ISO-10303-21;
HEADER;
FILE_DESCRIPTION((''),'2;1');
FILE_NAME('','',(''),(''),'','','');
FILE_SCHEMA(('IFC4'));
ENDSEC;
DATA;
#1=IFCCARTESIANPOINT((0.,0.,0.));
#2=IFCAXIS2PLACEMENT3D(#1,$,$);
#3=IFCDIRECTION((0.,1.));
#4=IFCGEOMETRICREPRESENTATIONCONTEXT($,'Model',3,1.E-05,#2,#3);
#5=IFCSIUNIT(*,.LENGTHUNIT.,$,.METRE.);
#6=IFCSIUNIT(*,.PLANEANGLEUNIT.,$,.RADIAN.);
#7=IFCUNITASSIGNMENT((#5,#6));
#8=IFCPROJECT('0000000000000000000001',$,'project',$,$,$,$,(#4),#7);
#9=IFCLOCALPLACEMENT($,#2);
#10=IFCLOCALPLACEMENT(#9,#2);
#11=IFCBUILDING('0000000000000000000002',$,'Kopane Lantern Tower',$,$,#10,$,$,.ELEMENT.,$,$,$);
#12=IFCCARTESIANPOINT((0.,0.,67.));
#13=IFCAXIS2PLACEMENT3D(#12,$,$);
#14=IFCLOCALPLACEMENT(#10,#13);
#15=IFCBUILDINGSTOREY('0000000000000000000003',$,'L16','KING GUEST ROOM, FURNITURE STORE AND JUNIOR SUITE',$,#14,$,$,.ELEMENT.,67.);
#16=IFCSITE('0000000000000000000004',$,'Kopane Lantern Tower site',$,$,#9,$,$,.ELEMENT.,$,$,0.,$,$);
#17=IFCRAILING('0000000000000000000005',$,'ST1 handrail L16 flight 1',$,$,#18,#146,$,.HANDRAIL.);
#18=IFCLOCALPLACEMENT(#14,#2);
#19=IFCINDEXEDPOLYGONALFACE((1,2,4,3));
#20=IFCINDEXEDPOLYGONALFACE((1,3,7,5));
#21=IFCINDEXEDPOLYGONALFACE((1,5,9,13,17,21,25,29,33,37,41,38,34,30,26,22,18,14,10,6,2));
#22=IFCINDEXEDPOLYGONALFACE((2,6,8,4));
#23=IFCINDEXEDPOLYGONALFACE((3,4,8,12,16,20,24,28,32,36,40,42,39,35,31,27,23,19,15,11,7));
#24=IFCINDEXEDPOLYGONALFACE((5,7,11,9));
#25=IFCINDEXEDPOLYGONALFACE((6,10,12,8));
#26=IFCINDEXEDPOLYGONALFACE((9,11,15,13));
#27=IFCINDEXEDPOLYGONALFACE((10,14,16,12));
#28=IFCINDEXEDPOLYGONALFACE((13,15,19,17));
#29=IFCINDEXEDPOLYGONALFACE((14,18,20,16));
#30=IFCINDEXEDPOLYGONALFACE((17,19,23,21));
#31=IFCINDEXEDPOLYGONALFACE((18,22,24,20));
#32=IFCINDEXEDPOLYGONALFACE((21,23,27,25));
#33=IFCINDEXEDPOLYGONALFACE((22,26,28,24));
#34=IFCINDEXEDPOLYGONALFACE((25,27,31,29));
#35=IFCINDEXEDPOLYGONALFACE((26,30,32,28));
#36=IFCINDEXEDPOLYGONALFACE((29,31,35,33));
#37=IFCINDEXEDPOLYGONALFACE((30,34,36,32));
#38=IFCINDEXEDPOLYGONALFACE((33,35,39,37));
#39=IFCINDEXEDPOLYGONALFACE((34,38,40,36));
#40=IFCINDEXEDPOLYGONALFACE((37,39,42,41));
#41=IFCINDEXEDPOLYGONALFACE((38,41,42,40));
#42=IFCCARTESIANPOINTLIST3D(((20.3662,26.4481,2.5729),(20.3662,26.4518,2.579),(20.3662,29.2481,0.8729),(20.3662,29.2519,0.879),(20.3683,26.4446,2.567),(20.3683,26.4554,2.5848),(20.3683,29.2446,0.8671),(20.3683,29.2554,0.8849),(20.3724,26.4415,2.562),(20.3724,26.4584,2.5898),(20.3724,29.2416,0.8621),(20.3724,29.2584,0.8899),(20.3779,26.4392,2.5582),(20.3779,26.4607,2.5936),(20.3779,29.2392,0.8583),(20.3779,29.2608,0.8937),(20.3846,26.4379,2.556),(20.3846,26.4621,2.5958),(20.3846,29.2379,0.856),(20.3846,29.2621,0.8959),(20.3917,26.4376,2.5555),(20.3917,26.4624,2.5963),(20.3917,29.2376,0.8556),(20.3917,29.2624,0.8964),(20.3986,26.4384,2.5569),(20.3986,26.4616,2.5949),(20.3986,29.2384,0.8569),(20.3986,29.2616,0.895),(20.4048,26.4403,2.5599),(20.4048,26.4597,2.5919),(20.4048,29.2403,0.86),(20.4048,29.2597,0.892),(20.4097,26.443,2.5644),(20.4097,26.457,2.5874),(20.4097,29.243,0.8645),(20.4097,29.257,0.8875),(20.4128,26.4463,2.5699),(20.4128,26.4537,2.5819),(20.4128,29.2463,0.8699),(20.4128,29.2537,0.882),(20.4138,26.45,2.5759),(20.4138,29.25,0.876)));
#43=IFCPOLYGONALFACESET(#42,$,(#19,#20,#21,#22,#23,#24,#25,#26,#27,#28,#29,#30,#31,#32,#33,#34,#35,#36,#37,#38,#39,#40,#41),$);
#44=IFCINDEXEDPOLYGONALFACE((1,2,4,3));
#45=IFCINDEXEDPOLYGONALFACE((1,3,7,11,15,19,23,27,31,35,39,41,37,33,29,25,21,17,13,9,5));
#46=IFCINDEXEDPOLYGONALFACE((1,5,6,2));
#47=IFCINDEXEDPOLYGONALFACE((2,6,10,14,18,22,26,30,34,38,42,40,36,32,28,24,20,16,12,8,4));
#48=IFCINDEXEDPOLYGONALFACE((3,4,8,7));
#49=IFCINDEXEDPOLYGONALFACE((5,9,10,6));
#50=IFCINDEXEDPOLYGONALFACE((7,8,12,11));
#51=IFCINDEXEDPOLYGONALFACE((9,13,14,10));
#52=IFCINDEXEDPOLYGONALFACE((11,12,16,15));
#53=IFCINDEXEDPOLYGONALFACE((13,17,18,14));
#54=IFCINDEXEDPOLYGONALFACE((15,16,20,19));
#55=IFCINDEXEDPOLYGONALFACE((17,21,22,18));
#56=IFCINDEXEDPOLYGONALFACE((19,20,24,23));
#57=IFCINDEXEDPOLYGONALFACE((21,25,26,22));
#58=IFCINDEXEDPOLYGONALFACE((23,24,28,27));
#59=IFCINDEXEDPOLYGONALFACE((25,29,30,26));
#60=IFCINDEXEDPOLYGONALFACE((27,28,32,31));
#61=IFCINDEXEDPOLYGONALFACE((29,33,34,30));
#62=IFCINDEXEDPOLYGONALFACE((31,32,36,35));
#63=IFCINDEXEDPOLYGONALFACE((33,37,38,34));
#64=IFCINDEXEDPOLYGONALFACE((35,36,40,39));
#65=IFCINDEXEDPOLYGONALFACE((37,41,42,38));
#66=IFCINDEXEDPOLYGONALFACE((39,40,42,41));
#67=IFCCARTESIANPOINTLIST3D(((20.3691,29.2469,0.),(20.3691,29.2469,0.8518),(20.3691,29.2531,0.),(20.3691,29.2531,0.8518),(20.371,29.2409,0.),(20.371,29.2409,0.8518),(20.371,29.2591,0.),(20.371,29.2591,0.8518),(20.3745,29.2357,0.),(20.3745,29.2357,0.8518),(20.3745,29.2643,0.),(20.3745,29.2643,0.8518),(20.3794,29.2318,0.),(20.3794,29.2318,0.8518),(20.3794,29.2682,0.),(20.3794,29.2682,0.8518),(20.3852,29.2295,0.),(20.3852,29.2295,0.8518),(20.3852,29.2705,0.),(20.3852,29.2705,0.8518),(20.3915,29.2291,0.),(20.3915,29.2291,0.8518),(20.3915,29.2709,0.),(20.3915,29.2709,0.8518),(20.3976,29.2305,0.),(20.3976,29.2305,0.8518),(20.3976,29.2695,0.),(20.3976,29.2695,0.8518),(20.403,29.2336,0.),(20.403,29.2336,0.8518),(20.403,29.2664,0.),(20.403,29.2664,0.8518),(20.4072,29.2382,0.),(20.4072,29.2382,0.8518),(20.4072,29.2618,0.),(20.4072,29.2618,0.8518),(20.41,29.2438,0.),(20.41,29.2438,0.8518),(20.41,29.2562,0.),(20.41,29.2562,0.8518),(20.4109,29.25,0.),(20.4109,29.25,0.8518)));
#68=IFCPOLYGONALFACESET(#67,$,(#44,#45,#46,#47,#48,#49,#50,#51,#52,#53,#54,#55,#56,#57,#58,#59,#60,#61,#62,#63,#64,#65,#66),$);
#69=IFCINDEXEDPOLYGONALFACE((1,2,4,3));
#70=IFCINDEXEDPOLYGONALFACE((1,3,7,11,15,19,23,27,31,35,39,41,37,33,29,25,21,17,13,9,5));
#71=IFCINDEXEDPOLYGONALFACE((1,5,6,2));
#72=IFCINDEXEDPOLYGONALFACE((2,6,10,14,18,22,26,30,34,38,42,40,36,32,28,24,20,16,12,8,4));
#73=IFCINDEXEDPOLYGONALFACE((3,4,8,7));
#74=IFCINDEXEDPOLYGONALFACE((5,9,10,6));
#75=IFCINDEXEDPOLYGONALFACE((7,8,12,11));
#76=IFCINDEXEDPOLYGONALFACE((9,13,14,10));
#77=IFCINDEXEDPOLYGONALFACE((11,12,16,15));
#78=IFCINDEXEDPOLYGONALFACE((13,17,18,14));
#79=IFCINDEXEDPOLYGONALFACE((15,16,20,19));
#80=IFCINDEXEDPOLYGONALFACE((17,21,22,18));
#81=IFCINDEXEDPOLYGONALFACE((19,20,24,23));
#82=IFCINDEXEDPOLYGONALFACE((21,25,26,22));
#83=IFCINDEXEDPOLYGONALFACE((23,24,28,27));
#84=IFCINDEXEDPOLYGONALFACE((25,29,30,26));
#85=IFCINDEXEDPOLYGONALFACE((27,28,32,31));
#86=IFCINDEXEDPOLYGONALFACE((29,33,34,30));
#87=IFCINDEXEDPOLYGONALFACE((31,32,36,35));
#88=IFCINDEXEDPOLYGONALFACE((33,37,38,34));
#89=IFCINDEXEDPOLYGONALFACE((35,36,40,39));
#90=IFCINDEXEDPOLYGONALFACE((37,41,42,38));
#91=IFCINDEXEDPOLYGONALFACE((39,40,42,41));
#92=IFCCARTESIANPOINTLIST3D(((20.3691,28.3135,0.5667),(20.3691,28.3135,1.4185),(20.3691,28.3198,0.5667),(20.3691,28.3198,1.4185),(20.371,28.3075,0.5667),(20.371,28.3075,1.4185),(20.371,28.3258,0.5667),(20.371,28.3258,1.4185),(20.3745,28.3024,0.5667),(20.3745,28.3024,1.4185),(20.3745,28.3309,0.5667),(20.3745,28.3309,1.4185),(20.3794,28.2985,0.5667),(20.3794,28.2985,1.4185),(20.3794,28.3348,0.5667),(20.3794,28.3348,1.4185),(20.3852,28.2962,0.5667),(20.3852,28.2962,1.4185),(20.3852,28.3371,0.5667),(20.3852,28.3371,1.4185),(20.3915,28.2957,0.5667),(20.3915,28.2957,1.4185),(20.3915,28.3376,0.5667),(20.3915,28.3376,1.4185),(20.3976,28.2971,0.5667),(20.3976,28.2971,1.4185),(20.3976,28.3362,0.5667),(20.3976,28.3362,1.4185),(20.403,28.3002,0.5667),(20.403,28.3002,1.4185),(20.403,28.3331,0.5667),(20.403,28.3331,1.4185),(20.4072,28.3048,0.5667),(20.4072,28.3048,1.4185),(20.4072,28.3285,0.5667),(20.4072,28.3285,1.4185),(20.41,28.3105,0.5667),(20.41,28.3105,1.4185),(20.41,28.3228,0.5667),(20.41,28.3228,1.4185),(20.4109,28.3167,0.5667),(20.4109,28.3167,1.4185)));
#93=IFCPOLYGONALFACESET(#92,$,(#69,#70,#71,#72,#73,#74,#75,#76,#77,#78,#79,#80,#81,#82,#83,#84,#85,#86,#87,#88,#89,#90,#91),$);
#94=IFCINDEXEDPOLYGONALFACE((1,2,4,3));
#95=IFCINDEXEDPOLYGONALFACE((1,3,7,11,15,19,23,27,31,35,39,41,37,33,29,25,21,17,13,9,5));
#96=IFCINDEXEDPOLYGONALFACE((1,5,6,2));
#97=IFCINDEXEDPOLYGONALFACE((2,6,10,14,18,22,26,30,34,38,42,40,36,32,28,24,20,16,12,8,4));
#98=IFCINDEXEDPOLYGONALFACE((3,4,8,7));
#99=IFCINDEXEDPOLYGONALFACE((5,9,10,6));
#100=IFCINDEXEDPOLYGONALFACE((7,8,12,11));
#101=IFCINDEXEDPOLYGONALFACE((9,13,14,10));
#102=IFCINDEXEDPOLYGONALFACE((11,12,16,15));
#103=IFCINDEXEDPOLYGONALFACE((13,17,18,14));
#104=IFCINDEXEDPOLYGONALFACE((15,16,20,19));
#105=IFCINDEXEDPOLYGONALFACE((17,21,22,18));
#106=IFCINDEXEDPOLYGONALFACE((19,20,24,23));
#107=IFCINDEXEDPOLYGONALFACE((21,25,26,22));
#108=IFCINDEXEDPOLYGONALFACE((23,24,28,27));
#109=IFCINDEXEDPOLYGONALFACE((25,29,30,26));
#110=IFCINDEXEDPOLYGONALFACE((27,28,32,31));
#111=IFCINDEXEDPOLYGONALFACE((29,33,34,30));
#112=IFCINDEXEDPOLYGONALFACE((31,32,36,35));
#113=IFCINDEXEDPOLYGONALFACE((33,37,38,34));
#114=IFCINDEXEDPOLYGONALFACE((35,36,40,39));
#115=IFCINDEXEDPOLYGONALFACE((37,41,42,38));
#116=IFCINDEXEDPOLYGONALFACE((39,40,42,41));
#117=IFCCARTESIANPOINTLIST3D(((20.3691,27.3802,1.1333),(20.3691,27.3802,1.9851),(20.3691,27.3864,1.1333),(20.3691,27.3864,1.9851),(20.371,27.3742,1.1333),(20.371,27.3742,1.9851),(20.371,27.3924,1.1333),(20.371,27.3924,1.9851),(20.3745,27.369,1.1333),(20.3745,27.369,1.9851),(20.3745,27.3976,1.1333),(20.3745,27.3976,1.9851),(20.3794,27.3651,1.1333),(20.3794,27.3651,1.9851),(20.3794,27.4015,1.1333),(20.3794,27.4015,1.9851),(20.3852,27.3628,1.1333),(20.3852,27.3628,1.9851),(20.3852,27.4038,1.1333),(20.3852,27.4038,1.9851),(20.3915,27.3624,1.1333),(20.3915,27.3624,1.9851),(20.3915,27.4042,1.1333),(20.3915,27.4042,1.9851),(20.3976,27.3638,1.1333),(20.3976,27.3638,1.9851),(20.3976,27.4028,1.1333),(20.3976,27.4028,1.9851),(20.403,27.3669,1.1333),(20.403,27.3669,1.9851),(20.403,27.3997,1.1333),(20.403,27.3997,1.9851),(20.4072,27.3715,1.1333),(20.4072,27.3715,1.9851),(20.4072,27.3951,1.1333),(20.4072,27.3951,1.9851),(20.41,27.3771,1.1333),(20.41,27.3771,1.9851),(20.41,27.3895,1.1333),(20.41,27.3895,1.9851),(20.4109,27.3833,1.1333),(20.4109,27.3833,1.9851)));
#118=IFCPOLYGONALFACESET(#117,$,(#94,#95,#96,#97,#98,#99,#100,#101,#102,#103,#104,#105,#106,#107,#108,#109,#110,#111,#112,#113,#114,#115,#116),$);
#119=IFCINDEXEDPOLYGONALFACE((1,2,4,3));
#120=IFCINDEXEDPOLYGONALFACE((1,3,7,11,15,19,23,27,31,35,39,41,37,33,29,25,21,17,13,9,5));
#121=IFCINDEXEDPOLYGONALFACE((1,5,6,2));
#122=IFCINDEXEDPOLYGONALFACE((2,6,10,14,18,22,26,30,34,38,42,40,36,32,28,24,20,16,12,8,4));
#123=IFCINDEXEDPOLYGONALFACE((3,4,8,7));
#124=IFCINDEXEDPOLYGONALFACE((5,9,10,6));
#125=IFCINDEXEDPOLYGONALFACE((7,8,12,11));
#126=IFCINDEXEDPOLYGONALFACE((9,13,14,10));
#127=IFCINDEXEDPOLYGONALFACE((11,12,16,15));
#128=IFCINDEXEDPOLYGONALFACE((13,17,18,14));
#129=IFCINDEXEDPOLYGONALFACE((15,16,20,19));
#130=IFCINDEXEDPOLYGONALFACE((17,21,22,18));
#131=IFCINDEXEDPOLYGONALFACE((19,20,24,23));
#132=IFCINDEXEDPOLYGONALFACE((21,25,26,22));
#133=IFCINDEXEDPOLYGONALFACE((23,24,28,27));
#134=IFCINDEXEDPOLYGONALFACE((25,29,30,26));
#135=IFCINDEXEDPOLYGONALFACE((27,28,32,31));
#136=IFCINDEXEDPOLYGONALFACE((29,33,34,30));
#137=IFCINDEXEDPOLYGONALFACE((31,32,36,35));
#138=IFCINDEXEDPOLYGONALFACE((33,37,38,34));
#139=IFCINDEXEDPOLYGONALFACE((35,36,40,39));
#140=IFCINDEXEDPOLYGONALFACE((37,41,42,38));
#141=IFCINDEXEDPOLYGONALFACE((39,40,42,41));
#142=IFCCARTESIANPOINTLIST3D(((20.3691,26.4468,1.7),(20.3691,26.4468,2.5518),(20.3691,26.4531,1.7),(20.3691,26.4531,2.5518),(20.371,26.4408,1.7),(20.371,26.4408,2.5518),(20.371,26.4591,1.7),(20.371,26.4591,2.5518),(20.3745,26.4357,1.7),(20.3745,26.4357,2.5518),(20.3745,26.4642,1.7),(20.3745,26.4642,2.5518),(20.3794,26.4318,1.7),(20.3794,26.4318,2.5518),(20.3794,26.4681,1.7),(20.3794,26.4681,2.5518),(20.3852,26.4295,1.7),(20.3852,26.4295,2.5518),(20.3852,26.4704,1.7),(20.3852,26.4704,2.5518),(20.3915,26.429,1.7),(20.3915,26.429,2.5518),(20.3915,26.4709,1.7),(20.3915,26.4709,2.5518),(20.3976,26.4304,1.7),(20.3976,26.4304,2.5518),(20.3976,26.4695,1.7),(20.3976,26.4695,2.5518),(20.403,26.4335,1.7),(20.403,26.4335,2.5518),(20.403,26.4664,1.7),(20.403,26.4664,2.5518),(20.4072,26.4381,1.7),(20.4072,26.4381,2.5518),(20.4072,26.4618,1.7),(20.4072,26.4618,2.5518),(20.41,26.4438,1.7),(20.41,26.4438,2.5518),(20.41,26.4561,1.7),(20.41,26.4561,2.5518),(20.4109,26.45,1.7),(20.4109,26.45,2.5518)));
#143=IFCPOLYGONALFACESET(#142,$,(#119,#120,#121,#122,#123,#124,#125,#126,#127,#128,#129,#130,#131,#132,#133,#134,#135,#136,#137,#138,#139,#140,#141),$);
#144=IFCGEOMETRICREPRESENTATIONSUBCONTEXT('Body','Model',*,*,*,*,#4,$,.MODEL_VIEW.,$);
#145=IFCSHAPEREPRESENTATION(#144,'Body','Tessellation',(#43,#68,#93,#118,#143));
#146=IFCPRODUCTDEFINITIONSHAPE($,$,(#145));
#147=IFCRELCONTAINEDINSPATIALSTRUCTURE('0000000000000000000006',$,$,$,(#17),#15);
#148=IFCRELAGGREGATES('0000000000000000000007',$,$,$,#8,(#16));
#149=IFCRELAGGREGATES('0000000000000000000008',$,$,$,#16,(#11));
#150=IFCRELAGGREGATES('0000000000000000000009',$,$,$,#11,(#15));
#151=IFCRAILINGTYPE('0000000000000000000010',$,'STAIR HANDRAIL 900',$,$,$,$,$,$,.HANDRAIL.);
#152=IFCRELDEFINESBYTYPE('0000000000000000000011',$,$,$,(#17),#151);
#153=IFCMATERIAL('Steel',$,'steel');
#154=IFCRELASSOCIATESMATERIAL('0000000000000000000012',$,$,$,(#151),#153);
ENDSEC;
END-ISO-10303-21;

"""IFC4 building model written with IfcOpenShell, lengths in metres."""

from ifc_helpers import new_model, si_unit, direction, frame, origin, origin_2d, place, context, subcontext, project, spatial, circle, extrude, material, type_object, element, save


model = new_model("IFC4")

# Units and contexts
model_context = context("Model", 3, precision=1e-05, world=origin(), true_north=direction((0.0, 1.0)))
body_context = subcontext(model_context, "Body", "Model", "MODEL_VIEW")
ifc_project = project(units=[si_unit("LENGTHUNIT", "METRE"), si_unit("PLANEANGLEUNIT", "RADIAN")], contexts=[model_context])

# Site, building, storey
site_placement = place(None, origin())
site = spatial("IfcSite", under=ifc_project, at=site_placement, Name="Kopane Lantern Tower site", CompositionType="ELEMENT", RefElevation=0.0)
building_placement = place(site_placement, origin())
building = spatial("IfcBuilding", under=site, at=building_placement, Name="Kopane Lantern Tower", CompositionType="ELEMENT")
storey_placement = place(building_placement, frame((0.0, 0.0, 67.0)))
storey = spatial("IfcBuildingStorey", under=building, at=storey_placement, Name="L16", Description="KING GUEST ROOM, FURNITURE STORE AND JUNIOR SUITE", CompositionType="ELEMENT", Elevation=67.0)

# Railing
ifc_material_1 = material(Name="Steel", Category="steel")
railing_type_1 = type_object("IfcRailingType", Name="STAIR HANDRAIL 900", PredefinedType="HANDRAIL", material=ifc_material_1)
for number, where, name in (
    (1, (20.3899, 29.25, 0.0), "ST1 handrail L16 flight 1"),
):
    element("IfcRailing", number, at=place(storey_placement, frame(where)), inside=storey, type_object=railing_type_1, Name=name, PredefinedType="HANDRAIL", context=body_context, shape_type="SweptSolid", body=[
        extrude(circle(Radius=0.0239, at=origin_2d()), frame((0.0, 0.0, 0.876), z_axis=(0.0, -0.854798, 0.518961), x_axis=(1.0, 0.0, 0.0)), (0.0, 0.0, 1.0), 3.2756),
        extrude(circle(Radius=0.021, at=origin_2d()), origin(), (0.0, 0.0, 1.0), 0.8518),
        extrude(circle(Radius=0.021, at=origin_2d()), frame((0.0, -0.9333, 0.5667)), (0.0, 0.0, 1.0), 0.8518),
        extrude(circle(Radius=0.021, at=origin_2d()), frame((0.0, -1.8667, 1.1333)), (0.0, 0.0, 1.0), 0.8518),
        extrude(circle(Radius=0.021, at=origin_2d()), frame((0.0, -2.8, 1.7)), (0.0, 0.0, 1.0), 0.8518),
    ])

save(model, "model.ifc")
